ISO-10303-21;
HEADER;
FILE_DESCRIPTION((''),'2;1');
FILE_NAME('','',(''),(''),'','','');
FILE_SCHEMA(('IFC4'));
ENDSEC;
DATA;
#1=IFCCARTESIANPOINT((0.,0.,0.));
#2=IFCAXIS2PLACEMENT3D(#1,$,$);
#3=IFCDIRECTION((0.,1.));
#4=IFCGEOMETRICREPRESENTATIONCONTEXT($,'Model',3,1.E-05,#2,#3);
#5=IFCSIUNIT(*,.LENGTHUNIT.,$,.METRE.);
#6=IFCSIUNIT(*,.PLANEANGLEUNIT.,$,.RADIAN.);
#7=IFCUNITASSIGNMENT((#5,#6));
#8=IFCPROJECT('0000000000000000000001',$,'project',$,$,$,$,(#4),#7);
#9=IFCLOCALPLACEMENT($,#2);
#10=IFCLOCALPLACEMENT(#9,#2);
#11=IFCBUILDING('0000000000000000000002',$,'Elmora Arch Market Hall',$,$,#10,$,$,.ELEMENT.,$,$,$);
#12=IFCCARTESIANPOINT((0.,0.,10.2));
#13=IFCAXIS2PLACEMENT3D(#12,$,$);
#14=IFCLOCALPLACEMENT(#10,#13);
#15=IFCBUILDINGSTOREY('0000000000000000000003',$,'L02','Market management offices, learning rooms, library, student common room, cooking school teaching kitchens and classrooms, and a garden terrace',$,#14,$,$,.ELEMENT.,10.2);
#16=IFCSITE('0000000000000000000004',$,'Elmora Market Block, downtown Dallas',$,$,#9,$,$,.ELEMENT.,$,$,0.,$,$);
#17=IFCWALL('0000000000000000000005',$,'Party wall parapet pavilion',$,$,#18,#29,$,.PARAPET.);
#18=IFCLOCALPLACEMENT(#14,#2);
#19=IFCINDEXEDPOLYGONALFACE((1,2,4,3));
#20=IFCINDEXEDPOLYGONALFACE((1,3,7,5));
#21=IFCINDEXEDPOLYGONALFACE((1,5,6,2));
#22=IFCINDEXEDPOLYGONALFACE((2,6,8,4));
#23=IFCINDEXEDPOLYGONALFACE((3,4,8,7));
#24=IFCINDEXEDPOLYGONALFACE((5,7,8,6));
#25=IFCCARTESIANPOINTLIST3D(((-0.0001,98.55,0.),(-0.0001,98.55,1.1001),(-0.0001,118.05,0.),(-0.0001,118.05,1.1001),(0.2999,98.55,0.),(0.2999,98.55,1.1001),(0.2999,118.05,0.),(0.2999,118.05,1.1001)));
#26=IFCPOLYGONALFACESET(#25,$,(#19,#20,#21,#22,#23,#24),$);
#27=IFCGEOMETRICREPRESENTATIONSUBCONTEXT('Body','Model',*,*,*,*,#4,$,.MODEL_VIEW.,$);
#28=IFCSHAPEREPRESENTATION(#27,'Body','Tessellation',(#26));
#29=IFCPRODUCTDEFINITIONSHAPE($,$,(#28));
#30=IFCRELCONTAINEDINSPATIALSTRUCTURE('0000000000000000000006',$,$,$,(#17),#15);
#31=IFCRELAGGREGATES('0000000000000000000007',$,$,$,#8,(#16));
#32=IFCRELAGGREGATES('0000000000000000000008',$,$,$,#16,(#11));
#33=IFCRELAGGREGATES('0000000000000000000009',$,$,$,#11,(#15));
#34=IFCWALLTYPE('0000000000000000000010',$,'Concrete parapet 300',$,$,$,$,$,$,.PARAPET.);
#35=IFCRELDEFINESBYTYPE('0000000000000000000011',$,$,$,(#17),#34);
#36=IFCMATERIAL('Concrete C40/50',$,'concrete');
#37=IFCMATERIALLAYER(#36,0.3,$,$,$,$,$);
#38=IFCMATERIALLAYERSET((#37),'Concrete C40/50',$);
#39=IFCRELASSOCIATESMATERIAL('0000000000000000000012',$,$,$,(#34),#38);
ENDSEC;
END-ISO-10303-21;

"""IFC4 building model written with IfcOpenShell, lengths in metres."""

from ifc_helpers import new_model, si_unit, direction, frame, frame_2d, origin, place, context, subcontext, project, spatial, rectangle, extrude, material, layer, layer_set, type_object, element, save


model = new_model("IFC4")

# Units and contexts
model_context = context("Model", 3, precision=1e-05, world=origin(), true_north=direction((0.0, 1.0)))
body_context = subcontext(model_context, "Body", "Model", "MODEL_VIEW")
ifc_project = project(units=[si_unit("LENGTHUNIT", "METRE"), si_unit("PLANEANGLEUNIT", "RADIAN")], contexts=[model_context])

# Site, building, storey
site_placement = place(None, origin())
site = spatial("IfcSite", under=ifc_project, at=site_placement, Name="Elmora Market Block, downtown Dallas", CompositionType="ELEMENT", RefElevation=0.0)
building_placement = place(site_placement, origin())
building = spatial("IfcBuilding", under=site, at=building_placement, Name="Elmora Arch Market Hall", CompositionType="ELEMENT")
storey_placement = place(building_placement, frame((0.0, 0.0, 10.2)))
storey = spatial("IfcBuildingStorey", under=building, at=storey_placement, Name="L02", Description="Market management offices, learning rooms, library, student common room, cooking school teaching kitchens and classrooms, and a garden terrace", CompositionType="ELEMENT", Elevation=10.2)

# Wall
ifc_material_1 = material(Name="Concrete C40/50", Category="concrete")
ifc_layer_1 = layer(ifc_material_1, 0.3)
ifc_layer_set_1 = layer_set([ifc_layer_1], Name="Concrete C40/50")
wall_type = type_object("IfcWallType", Name="Concrete parapet 300", PredefinedType="PARAPET", material=ifc_layer_set_1)
wall_placement = place(storey_placement, frame((0.1499, 98.55, 0.0), z_axis=(0.0, 0.0, 1.0), x_axis=(0.0, 1.0, 0.0)))
element("IfcWall", 1, at=wall_placement, inside=storey, type_object=wall_type, Name="Party wall parapet pavilion", PredefinedType="PARAPET", context=body_context, shape_type="SweptSolid", body=[
    extrude(rectangle(XDim=19.5, YDim=0.3, at=frame_2d((9.75, 0.0))), origin(), (0.0, 0.0, 1.0), 1.1001),
])

save(model, "model.ifc")
